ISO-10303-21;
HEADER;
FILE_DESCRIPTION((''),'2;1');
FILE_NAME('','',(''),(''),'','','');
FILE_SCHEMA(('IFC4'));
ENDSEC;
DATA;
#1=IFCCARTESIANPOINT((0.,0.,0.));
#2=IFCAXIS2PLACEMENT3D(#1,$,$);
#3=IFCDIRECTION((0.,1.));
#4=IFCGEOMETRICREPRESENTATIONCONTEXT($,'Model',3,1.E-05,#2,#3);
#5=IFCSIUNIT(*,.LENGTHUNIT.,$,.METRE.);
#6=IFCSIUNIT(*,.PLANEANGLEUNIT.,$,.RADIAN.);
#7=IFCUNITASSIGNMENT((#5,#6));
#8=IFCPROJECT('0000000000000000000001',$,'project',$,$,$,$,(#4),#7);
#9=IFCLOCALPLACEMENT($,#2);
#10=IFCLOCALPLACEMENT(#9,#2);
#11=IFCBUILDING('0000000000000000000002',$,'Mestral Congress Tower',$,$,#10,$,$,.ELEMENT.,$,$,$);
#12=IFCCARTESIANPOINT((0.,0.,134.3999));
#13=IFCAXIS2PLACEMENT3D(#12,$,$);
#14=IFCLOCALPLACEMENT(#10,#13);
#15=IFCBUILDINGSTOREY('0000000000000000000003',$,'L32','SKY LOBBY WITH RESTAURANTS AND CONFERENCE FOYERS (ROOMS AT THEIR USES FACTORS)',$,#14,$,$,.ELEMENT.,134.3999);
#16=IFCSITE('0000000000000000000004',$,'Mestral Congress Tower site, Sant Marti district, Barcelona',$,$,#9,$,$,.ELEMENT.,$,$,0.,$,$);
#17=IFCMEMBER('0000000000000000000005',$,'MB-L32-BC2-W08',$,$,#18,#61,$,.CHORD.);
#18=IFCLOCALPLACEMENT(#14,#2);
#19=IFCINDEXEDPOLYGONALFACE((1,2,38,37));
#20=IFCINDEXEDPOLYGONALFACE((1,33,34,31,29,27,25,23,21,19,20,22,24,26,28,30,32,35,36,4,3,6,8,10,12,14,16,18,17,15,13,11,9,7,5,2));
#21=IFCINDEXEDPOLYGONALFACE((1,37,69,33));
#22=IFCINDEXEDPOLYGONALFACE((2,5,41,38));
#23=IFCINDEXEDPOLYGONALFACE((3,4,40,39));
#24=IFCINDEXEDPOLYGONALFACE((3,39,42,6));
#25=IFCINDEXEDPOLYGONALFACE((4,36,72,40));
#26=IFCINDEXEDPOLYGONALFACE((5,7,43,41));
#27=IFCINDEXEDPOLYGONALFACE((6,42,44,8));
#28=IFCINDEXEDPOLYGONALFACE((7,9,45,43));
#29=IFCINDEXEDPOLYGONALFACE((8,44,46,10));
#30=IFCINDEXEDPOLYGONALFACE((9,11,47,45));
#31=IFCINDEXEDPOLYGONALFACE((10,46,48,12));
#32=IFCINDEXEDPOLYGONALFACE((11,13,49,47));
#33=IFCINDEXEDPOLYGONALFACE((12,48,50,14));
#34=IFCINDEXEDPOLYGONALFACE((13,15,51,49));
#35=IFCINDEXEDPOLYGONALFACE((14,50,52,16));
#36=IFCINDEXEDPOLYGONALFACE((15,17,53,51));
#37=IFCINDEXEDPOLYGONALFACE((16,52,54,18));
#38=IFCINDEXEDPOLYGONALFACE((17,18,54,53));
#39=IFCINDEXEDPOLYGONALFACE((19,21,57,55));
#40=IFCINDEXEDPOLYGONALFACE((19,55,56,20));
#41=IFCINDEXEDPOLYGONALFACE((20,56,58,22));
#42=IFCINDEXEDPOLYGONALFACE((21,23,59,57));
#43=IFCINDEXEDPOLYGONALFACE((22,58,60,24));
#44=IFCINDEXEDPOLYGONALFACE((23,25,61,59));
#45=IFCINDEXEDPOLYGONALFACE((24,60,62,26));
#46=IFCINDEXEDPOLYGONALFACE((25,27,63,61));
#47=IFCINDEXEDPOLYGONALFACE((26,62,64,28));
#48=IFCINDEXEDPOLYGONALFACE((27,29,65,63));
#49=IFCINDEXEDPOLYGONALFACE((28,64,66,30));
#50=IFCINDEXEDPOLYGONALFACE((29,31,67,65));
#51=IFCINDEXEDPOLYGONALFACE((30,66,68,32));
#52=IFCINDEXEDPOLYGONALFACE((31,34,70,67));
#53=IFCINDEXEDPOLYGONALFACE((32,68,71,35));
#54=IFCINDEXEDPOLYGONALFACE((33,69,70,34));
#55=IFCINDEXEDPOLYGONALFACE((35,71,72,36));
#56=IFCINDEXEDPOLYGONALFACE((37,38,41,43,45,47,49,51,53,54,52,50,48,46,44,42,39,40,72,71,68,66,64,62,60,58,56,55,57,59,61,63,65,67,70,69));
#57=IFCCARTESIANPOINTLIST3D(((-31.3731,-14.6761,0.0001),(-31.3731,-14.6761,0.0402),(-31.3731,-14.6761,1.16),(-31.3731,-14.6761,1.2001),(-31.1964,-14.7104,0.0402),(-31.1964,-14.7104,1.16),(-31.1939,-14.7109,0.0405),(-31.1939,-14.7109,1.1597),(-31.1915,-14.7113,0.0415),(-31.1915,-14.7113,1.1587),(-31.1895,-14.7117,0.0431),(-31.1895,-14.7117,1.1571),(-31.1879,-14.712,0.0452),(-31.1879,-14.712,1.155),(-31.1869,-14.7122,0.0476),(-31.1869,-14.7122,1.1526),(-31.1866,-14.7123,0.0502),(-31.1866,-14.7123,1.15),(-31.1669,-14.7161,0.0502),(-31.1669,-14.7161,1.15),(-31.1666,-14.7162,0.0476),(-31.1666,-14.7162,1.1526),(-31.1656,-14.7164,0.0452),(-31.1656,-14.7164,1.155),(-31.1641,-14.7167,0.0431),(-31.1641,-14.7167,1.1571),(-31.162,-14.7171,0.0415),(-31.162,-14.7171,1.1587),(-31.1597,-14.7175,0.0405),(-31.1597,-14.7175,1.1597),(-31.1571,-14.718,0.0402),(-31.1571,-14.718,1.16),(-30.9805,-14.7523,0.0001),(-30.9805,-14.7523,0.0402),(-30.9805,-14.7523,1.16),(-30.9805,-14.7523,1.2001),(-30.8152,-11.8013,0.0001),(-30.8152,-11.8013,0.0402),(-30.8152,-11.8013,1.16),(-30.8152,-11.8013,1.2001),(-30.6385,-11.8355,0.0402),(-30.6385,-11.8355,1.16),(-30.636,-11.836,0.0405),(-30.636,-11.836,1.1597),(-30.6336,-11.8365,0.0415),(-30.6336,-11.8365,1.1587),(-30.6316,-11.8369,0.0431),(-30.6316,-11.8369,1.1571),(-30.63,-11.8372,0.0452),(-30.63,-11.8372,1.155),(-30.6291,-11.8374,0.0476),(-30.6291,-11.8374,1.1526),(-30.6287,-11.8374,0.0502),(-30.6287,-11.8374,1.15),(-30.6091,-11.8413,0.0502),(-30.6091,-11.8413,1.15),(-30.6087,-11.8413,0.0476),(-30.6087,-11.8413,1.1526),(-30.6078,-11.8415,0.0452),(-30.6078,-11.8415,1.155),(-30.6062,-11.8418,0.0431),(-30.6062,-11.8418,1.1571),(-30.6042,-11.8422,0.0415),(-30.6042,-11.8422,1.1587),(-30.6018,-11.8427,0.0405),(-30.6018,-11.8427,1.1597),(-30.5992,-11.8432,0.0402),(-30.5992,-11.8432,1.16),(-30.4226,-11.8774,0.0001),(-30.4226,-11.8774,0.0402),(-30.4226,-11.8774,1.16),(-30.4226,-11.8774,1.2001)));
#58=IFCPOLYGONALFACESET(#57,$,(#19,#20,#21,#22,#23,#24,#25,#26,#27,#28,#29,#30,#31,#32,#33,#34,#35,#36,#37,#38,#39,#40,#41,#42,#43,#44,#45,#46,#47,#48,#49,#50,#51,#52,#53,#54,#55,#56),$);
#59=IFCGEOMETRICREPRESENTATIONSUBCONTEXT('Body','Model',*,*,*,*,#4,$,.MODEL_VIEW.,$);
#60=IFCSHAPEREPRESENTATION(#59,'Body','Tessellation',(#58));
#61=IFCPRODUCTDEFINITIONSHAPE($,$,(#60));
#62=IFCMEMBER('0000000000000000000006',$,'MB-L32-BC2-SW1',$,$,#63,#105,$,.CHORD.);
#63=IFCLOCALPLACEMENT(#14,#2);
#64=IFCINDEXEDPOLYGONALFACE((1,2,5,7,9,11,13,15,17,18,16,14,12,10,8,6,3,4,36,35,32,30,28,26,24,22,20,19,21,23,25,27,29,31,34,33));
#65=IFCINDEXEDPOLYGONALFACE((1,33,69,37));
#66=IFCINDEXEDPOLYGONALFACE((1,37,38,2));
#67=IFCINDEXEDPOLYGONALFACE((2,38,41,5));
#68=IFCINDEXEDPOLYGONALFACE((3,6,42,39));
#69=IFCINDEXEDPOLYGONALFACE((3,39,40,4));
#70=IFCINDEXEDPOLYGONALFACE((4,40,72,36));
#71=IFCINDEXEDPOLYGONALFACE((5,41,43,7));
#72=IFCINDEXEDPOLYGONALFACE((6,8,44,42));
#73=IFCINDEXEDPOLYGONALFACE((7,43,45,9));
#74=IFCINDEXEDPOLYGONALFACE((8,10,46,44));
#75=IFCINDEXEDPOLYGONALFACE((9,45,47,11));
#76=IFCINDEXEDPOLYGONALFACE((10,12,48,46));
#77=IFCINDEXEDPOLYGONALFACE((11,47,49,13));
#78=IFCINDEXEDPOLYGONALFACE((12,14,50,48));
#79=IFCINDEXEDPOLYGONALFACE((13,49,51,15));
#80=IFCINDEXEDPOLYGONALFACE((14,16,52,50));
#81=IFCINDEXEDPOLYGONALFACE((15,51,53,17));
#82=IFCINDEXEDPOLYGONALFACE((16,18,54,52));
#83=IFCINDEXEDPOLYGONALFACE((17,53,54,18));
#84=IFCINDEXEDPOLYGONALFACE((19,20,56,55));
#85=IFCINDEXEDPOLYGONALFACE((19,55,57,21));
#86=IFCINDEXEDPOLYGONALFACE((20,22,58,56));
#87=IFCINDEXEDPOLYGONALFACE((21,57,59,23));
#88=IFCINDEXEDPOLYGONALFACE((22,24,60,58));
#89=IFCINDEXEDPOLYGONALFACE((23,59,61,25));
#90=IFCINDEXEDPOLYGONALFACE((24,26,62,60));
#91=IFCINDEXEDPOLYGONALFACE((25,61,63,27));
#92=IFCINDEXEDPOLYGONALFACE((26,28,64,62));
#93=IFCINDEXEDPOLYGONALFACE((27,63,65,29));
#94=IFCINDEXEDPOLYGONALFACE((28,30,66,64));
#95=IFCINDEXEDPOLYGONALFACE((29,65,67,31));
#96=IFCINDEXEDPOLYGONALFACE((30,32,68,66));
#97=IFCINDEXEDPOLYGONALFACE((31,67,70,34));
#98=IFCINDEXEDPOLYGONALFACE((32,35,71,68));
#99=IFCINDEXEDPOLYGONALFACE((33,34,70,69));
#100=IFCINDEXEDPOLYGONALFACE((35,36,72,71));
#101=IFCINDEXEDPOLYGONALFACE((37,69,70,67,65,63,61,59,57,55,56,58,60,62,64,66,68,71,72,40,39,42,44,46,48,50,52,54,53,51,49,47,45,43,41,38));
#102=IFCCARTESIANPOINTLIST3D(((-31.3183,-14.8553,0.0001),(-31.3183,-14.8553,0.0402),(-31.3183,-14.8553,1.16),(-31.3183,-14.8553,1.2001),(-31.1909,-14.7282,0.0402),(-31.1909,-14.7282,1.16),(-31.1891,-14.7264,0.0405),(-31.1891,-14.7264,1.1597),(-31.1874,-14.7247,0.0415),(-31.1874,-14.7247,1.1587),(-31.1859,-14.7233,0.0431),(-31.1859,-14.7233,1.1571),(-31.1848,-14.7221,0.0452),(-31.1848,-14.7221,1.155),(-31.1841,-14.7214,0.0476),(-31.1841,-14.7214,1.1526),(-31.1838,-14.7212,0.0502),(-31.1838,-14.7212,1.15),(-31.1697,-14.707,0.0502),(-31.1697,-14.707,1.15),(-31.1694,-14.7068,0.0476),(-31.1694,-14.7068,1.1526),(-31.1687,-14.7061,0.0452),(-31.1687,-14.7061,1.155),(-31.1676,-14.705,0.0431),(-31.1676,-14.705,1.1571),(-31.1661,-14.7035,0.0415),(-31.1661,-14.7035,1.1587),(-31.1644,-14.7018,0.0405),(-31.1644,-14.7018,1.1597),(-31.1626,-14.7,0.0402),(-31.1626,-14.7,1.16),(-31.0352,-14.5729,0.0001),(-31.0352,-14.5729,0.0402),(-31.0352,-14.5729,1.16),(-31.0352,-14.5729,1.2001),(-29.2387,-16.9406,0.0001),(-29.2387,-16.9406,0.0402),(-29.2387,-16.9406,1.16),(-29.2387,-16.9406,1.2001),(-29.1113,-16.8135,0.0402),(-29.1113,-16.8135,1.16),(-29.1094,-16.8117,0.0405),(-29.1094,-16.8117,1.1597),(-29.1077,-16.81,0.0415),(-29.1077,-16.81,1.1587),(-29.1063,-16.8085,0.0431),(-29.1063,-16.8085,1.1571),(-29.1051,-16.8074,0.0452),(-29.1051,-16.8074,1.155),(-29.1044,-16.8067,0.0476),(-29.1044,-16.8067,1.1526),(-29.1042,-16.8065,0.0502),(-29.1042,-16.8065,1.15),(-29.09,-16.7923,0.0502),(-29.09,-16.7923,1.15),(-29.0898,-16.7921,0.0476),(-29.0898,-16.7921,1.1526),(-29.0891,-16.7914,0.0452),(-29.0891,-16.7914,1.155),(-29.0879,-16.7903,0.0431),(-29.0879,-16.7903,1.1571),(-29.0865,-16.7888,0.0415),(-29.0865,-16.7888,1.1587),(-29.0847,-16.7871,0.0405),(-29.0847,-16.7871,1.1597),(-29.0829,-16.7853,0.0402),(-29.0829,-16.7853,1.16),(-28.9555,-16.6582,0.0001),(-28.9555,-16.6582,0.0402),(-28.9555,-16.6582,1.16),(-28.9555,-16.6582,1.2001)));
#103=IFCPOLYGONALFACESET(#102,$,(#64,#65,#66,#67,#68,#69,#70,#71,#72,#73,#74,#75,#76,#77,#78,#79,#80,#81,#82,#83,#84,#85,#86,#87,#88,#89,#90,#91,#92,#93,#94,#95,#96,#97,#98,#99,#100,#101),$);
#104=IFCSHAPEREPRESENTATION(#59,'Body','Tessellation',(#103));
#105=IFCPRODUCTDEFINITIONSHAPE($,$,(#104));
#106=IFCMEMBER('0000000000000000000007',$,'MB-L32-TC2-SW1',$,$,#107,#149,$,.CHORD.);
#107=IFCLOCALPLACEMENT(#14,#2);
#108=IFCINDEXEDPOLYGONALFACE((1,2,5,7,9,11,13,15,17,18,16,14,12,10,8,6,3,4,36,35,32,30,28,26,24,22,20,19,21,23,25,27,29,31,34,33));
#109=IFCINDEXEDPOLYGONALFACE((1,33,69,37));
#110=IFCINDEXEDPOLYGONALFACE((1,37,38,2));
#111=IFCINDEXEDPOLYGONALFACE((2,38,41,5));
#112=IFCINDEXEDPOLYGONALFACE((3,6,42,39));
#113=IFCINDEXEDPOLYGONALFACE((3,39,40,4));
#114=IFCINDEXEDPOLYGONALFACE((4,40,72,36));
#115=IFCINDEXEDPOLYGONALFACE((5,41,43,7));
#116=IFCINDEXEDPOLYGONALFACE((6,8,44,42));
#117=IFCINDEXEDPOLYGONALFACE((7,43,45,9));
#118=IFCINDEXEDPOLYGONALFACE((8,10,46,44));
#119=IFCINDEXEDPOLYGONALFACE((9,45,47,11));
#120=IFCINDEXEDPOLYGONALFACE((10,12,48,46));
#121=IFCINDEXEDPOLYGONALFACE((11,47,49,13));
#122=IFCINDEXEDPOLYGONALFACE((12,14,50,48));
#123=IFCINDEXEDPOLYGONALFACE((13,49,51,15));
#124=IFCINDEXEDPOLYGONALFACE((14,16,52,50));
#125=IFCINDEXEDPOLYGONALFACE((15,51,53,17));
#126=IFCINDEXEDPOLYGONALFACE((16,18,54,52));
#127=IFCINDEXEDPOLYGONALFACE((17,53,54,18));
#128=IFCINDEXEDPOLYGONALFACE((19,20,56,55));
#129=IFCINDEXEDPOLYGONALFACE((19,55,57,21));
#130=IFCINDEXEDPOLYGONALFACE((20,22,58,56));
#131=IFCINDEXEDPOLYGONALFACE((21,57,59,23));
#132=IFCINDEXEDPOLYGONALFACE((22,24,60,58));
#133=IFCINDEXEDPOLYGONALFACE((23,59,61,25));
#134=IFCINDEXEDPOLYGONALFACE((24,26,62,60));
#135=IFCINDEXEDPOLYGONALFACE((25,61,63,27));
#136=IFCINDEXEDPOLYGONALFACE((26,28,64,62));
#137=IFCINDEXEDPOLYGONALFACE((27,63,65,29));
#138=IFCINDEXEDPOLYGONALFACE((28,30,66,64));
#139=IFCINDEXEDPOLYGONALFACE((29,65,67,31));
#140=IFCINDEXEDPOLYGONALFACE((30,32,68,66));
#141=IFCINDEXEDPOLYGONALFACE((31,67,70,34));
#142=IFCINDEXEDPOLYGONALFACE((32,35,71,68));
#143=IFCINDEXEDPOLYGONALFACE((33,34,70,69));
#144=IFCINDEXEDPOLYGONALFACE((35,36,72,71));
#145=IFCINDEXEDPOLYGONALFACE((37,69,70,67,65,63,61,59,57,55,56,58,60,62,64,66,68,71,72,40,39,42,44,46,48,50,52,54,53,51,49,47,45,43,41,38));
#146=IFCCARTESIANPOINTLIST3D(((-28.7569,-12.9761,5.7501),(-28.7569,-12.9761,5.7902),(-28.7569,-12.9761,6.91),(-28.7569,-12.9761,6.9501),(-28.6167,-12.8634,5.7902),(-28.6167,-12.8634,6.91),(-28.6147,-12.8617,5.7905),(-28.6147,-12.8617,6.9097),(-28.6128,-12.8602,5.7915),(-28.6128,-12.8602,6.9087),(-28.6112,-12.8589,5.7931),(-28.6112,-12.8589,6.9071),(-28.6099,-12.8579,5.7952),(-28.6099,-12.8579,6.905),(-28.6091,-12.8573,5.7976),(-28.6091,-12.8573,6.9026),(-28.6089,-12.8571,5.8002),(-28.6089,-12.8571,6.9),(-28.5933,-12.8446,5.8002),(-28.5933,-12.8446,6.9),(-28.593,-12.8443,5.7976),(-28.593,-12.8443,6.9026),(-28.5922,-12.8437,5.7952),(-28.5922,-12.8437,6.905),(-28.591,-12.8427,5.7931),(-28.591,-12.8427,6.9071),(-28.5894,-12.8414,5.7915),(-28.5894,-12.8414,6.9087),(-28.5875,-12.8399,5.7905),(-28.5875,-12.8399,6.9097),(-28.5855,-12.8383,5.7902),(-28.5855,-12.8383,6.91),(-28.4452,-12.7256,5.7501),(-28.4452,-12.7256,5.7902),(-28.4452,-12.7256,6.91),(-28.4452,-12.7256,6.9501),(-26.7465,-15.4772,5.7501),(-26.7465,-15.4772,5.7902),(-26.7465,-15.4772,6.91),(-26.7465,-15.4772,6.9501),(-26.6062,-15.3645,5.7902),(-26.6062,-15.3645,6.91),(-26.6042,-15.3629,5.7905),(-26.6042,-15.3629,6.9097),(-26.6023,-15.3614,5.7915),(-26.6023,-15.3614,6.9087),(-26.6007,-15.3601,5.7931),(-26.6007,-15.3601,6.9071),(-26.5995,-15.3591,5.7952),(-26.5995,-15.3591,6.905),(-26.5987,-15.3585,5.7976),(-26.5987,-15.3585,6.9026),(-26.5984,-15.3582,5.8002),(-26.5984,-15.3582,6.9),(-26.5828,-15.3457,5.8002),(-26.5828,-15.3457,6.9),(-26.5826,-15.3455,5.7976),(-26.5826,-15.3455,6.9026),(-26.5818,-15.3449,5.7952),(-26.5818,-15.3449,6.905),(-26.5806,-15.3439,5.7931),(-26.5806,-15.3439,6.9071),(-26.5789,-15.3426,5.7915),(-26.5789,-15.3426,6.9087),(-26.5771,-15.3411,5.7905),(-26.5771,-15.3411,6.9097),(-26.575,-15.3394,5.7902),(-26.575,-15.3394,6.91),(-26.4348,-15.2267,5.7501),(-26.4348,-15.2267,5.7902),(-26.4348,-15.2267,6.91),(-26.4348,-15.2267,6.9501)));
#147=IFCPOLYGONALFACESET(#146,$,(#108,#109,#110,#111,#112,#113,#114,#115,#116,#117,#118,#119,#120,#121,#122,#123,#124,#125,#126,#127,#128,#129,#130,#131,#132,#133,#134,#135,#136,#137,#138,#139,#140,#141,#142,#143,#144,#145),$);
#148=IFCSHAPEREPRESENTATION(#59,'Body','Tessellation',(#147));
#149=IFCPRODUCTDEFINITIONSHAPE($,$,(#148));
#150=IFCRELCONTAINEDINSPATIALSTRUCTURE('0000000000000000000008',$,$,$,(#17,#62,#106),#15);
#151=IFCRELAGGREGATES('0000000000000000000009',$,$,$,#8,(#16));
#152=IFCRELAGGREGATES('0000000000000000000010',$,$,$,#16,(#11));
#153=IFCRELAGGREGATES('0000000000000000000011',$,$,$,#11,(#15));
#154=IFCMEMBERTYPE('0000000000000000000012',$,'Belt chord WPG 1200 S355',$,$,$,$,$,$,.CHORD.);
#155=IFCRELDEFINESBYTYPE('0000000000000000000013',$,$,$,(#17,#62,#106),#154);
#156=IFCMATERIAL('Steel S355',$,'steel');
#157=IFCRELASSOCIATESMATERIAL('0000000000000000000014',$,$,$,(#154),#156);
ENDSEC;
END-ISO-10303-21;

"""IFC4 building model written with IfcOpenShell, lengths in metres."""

from ifc_helpers import new_model, si_unit, direction, frame, origin, origin_2d, place, context, subcontext, project, spatial, i_section, extrude, material, material_profile, profile_set, type_object, element, save


model = new_model("IFC4")

# Units and contexts
model_context = context("Model", 3, precision=1e-05, world=origin(), true_north=direction((0.0, 1.0)))
body_context = subcontext(model_context, "Body", "Model", "MODEL_VIEW")
ifc_project = project(units=[si_unit("LENGTHUNIT", "METRE"), si_unit("PLANEANGLEUNIT", "RADIAN")], contexts=[model_context])

# Site, building, storey
site_placement = place(None, origin())
site = spatial("IfcSite", under=ifc_project, at=site_placement, Name="Mestral Congress Tower site, Sant Marti district, Barcelona", CompositionType="ELEMENT", RefElevation=0.0)
building_placement = place(site_placement, origin())
building = spatial("IfcBuilding", under=site, at=building_placement, Name="Mestral Congress Tower", CompositionType="ELEMENT")
storey_placement = place(building_placement, frame((0.0, 0.0, 134.3999)))
storey = spatial("IfcBuildingStorey", under=building, at=storey_placement, Name="L32", Description="SKY LOBBY WITH RESTAURANTS AND CONFERENCE FOYERS (ROOMS AT THEIR USES FACTORS)", CompositionType="ELEMENT", Elevation=134.3999)

# Members
ifc_material_1 = material(Name="Steel S355", Category="steel")
ifc_material_profile_1 = material_profile(ifc_material_1, i_section(OverallWidth=0.3999, OverallDepth=1.2, WebThickness=0.02, FlangeThickness=0.04, FilletRadius=0.01, at=origin_2d()), Name="WPG 1200")
ifc_profile_set_1 = profile_set([ifc_material_profile_1], Name="Steel S355")
member_type_1 = type_object("IfcMemberType", Name="Belt chord WPG 1200 S355", PredefinedType="CHORD", material=ifc_profile_set_1)
member_1_placement = place(storey_placement, frame((-30.6189, -11.8394, 0.6001), z_axis=(-0.190501, -0.981687, 0.0), x_axis=(0.981687, -0.190501, 0.0)))
element("IfcMember", 1, at=member_1_placement, inside=storey, type_object=member_type_1, Name="MB-L32-BC2-W08", PredefinedType="CHORD", context=body_context, shape_type="SweptSolid", body=[
    extrude(i_section(OverallWidth=0.3999, OverallDepth=1.2, WebThickness=0.02, FlangeThickness=0.04, FilletRadius=0.01, at=origin_2d()), origin(), (0.0, 0.0, 1.0), 2.9285),
])
member_2_placement = place(storey_placement, frame((-31.1768, -14.7141, 0.6001), z_axis=(0.706153, -0.70806, 0.0), x_axis=(0.70806, 0.706153, 0.0)))
element("IfcMember", 2, at=member_2_placement, inside=storey, type_object=member_type_1, Name="MB-L32-BC2-SW1", PredefinedType="CHORD", context=body_context, shape_type="SweptSolid", body=[
    extrude(i_section(OverallWidth=0.3999, OverallDepth=1.2, WebThickness=0.02, FlangeThickness=0.04, FilletRadius=0.01, at=origin_2d()), origin(), (0.0, 0.0, 1.0), 2.9451),
])
member_3_placement = place(storey_placement, frame((-28.6011, -12.8508, 6.3501), z_axis=(0.626503, -0.779419, 0.0), x_axis=(0.779419, 0.626503, 0.0)))
element("IfcMember", 3, at=member_3_placement, inside=storey, type_object=member_type_1, Name="MB-L32-TC2-SW1", PredefinedType="CHORD", context=body_context, shape_type="SweptSolid", body=[
    extrude(i_section(OverallWidth=0.3999, OverallDepth=1.2, WebThickness=0.02, FlangeThickness=0.04, FilletRadius=0.01, at=origin_2d()), origin(), (0.0, 0.0, 1.0), 3.209),
])

save(model, "model.ifc")
